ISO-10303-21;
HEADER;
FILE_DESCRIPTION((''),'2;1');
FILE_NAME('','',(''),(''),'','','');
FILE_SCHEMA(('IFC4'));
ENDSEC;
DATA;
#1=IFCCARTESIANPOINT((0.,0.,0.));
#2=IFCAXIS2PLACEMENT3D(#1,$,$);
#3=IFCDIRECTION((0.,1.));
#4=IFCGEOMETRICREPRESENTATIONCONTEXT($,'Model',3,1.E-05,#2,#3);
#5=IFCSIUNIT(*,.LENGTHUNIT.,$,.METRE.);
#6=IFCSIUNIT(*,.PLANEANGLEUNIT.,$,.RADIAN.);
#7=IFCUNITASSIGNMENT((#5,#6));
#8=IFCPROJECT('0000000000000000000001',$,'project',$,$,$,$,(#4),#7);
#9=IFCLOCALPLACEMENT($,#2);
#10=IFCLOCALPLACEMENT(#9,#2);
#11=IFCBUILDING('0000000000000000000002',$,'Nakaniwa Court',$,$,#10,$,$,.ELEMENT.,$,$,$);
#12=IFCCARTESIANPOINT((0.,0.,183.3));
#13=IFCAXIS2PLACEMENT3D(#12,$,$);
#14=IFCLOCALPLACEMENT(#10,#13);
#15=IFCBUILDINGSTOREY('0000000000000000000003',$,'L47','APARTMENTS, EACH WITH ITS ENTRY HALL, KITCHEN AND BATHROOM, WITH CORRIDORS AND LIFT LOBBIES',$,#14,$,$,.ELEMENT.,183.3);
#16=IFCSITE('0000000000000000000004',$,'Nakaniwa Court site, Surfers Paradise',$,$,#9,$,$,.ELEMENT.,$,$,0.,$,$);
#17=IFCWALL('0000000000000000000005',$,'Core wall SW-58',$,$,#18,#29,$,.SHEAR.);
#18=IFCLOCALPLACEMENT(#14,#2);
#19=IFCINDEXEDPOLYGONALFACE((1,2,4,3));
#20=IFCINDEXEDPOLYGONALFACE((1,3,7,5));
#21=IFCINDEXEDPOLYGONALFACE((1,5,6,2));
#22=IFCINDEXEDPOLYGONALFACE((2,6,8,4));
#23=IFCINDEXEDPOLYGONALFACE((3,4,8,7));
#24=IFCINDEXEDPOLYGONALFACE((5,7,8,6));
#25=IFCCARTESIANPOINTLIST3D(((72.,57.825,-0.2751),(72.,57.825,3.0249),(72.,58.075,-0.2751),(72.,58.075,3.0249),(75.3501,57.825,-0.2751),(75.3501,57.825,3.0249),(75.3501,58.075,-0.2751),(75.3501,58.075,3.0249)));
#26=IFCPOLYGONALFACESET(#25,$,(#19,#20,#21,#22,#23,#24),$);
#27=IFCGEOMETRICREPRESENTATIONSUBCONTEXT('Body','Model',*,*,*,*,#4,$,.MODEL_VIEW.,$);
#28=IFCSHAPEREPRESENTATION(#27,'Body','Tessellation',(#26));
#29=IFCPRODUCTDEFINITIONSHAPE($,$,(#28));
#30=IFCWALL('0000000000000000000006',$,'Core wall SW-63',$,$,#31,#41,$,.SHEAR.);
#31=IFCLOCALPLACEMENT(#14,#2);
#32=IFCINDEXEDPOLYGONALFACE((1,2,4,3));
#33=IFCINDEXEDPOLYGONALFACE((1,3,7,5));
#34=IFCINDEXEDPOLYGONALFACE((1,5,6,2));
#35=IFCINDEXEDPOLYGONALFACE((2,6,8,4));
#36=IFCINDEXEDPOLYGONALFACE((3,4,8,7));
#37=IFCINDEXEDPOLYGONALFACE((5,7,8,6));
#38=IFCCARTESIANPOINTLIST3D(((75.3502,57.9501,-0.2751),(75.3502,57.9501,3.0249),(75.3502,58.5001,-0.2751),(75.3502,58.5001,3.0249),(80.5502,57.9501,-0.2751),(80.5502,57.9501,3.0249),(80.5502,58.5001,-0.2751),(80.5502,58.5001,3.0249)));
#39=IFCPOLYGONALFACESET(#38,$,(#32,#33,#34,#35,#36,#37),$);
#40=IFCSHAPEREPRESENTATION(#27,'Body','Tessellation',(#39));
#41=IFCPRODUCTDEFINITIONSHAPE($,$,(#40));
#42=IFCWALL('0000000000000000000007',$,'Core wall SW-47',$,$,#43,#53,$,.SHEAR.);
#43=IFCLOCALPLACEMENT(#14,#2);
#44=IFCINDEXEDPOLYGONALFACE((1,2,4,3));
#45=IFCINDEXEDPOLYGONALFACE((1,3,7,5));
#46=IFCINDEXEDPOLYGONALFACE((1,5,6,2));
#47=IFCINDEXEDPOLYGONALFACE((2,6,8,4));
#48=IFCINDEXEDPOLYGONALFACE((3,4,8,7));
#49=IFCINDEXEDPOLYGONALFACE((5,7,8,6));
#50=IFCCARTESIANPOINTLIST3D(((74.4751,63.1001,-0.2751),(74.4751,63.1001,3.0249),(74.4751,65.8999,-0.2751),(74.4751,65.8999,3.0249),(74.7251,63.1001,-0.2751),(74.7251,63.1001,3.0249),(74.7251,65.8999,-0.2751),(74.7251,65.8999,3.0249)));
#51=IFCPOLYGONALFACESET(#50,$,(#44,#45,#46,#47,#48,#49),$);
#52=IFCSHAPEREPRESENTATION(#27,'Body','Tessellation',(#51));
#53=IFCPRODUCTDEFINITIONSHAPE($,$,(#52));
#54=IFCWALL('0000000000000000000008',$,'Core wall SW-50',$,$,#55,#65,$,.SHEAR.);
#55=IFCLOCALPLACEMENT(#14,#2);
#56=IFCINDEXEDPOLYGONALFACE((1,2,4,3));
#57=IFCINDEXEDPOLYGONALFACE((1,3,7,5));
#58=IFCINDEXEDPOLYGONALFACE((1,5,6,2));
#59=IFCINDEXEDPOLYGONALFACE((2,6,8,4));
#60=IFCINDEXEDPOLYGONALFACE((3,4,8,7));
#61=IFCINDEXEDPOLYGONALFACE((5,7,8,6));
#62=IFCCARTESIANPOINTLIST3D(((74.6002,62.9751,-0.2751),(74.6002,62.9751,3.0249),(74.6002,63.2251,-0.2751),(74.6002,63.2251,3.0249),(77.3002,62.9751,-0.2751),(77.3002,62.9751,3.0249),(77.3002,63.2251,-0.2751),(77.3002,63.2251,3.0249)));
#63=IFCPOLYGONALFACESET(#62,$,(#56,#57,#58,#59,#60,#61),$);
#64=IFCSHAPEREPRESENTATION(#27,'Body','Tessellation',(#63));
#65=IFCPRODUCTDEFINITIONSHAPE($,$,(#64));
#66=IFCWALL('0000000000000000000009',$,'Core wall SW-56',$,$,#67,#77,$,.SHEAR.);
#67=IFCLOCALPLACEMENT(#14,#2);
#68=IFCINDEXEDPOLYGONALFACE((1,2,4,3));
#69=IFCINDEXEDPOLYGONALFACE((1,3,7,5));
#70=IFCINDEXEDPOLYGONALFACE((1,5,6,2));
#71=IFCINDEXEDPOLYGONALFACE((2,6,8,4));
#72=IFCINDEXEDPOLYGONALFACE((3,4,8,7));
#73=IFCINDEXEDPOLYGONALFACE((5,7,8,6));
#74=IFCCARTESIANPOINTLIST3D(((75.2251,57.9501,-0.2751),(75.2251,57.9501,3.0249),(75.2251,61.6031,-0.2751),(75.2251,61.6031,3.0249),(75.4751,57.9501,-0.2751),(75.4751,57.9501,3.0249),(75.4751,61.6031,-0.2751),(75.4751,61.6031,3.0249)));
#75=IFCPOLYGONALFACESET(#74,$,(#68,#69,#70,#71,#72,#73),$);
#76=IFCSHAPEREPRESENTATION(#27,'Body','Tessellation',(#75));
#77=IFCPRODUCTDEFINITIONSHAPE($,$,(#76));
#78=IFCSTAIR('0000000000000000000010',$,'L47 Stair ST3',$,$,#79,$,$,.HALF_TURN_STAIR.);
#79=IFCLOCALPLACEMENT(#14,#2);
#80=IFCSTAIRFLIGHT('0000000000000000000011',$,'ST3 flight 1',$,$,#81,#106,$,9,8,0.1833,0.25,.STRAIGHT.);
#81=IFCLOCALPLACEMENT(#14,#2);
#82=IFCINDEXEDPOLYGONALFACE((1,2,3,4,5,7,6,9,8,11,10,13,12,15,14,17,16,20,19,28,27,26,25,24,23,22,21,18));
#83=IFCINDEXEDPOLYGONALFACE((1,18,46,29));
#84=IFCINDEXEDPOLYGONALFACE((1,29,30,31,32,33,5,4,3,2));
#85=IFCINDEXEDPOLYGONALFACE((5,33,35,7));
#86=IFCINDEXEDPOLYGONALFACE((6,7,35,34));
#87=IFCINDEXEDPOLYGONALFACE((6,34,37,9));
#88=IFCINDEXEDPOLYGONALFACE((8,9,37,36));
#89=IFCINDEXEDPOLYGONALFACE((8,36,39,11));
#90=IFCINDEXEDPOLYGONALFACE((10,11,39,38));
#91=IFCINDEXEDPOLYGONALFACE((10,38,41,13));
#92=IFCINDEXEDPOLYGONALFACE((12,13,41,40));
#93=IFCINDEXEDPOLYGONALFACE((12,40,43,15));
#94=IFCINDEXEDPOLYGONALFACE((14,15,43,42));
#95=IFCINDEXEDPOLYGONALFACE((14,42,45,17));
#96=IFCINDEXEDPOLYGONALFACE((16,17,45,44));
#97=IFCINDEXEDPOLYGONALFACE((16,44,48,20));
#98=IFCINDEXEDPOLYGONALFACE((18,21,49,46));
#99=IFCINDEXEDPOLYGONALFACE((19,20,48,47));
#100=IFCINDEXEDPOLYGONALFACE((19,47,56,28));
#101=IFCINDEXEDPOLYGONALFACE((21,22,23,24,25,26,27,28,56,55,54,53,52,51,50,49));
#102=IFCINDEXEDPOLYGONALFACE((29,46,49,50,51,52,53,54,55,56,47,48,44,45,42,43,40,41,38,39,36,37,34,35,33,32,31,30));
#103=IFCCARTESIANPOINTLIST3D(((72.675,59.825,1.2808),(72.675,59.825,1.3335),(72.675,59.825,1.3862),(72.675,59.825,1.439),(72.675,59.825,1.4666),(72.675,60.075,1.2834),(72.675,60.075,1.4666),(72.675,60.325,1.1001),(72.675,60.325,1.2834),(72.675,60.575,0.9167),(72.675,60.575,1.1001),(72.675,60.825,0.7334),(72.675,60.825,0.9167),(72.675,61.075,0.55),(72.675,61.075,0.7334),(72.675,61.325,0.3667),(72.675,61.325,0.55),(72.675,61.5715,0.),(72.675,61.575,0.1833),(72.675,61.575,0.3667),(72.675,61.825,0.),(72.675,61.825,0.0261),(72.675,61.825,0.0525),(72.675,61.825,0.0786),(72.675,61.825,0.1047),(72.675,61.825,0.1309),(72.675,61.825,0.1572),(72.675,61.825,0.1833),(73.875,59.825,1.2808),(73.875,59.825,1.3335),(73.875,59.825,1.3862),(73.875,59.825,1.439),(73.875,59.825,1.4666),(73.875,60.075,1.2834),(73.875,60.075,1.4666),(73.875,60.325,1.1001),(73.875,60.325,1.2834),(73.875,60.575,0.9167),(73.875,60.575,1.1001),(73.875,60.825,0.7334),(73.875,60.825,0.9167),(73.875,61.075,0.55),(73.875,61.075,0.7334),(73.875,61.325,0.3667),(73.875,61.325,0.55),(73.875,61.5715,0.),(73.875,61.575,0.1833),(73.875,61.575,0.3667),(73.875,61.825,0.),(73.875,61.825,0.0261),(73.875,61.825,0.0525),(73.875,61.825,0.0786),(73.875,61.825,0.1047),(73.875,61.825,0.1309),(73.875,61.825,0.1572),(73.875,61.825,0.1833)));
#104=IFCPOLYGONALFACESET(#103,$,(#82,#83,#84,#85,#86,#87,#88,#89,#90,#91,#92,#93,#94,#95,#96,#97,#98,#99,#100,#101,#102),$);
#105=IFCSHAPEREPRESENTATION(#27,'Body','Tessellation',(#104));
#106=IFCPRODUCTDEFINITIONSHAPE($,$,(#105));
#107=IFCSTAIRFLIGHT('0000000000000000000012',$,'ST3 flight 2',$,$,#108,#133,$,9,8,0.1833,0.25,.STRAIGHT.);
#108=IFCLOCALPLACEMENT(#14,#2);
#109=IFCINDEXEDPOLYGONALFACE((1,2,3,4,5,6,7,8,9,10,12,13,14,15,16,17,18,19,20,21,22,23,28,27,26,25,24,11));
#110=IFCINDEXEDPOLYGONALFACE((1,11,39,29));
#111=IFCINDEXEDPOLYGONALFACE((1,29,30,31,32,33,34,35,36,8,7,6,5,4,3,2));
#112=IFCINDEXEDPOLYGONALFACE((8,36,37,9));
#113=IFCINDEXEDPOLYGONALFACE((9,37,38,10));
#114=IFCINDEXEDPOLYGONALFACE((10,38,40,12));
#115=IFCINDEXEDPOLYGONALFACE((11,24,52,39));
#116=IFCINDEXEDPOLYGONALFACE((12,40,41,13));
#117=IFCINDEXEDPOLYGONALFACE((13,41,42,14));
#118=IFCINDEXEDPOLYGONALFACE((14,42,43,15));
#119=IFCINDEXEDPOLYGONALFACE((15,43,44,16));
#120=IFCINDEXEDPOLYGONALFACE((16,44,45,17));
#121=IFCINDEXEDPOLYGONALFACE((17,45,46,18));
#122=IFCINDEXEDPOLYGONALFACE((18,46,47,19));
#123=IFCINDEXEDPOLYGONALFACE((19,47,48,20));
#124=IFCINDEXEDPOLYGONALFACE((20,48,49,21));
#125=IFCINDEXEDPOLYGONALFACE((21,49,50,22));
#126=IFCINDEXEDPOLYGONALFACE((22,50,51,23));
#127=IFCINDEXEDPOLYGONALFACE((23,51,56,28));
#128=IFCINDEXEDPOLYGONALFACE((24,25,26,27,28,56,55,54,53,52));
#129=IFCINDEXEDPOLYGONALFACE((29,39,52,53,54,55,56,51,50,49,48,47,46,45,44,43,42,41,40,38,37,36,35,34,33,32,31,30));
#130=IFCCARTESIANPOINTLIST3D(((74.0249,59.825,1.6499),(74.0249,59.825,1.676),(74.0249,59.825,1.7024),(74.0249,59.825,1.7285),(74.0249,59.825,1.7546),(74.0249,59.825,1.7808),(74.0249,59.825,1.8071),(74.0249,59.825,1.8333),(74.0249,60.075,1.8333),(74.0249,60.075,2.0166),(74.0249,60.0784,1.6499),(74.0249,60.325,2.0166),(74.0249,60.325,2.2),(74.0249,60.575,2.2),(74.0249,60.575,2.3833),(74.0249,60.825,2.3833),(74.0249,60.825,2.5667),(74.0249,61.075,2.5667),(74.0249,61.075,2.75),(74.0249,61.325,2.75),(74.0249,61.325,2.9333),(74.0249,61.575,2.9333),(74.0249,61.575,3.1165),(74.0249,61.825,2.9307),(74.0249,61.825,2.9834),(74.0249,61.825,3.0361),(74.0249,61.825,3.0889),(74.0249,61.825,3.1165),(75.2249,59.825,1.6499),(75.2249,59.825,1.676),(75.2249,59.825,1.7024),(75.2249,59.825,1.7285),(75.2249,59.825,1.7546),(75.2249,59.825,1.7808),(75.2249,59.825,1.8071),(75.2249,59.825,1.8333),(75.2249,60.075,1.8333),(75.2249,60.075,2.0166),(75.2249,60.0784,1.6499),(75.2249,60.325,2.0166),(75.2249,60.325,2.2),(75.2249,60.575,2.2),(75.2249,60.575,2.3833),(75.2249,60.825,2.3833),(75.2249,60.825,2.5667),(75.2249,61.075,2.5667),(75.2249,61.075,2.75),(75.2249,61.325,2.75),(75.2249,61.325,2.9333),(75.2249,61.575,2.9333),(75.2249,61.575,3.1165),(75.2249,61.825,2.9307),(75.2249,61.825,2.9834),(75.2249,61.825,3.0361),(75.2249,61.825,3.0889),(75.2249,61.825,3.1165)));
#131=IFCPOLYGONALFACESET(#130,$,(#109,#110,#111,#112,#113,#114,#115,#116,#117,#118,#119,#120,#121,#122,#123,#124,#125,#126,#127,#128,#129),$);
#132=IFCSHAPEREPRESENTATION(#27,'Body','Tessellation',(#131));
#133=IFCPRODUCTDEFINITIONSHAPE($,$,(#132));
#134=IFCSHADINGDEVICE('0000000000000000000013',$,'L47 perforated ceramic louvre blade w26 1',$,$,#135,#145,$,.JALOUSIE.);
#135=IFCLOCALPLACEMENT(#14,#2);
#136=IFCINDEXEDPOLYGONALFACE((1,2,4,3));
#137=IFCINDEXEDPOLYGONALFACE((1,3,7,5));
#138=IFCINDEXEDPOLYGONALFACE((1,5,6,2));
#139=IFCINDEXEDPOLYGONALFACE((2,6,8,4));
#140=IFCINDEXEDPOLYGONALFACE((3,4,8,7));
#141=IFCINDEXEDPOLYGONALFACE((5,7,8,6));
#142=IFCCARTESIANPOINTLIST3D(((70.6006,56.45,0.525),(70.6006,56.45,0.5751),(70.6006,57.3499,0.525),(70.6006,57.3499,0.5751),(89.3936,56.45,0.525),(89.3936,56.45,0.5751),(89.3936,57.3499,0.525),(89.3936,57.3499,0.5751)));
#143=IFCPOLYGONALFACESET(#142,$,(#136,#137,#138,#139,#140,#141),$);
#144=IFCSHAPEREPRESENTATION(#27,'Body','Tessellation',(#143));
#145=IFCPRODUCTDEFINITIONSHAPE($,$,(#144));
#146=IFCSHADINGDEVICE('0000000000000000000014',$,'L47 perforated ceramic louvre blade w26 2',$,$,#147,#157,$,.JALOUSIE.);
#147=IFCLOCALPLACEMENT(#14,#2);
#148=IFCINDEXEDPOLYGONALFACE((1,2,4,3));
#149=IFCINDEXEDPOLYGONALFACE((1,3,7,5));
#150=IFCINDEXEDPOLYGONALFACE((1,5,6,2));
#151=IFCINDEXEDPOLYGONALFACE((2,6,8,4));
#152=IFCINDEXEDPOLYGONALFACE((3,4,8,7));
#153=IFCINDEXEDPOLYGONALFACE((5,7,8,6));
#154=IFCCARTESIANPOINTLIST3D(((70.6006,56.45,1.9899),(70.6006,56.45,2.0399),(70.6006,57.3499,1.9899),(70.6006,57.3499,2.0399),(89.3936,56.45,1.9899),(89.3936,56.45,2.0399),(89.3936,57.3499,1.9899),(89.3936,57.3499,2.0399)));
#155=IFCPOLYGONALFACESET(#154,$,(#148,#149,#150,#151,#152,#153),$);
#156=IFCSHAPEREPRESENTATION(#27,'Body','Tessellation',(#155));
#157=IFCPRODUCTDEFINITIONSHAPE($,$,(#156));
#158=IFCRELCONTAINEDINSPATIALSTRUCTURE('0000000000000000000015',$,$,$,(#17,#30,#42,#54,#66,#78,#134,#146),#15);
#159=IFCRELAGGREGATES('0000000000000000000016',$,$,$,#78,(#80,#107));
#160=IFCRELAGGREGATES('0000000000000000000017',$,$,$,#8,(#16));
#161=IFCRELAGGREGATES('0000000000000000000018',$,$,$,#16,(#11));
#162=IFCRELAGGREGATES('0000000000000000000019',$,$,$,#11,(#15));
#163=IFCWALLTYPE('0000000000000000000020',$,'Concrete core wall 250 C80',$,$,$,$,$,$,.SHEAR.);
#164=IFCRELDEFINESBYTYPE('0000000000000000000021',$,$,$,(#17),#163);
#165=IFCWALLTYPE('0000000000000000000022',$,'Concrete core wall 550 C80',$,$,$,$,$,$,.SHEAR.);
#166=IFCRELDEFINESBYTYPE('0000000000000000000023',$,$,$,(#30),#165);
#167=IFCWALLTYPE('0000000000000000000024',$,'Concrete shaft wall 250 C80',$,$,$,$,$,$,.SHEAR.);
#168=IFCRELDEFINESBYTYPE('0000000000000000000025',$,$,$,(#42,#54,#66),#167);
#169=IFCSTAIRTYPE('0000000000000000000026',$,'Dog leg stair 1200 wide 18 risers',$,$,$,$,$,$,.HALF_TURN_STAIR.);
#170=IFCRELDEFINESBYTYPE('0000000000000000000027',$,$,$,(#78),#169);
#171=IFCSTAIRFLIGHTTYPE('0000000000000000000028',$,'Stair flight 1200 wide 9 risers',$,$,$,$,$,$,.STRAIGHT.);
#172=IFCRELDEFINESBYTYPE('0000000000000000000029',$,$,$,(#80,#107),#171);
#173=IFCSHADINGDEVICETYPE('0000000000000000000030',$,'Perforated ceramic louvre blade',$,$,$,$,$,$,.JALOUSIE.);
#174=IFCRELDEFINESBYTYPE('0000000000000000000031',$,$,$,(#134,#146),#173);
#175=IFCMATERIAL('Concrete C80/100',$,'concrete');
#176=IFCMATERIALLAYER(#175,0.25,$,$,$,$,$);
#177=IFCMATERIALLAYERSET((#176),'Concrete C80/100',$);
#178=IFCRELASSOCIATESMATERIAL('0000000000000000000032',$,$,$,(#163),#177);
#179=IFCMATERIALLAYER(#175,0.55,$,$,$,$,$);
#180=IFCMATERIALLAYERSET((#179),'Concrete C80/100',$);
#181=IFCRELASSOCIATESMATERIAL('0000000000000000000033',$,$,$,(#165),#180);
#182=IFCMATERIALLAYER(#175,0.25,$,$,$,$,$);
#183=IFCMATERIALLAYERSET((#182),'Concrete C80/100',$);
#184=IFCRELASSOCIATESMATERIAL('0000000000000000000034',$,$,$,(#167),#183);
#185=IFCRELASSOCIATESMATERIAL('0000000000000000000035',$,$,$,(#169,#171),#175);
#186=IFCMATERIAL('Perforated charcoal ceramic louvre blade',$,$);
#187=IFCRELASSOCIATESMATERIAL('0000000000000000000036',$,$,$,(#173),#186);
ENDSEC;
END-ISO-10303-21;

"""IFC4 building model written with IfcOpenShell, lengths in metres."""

from ifc_helpers import new_model, si_unit, direction, frame, frame_2d, origin, origin_2d, place, context, subcontext, project, spatial, polyline, rectangle, outline, extrude, material, layer, layer_set, material_profile, profile_set, type_object, element, aggregate, save


model = new_model("IFC4")

# Units and contexts
model_context = context("Model", 3, precision=1e-05, world=origin(), true_north=direction((0.0, 1.0)))
body_context = subcontext(model_context, "Body", "Model", "MODEL_VIEW")
ifc_project = project(units=[si_unit("LENGTHUNIT", "METRE"), si_unit("PLANEANGLEUNIT", "RADIAN")], contexts=[model_context])

# Site, building, storey
site_placement = place(None, origin())
site = spatial("IfcSite", under=ifc_project, at=site_placement, Name="Nakaniwa Court site, Surfers Paradise", CompositionType="ELEMENT", RefElevation=0.0)
building_placement = place(site_placement, origin())
building = spatial("IfcBuilding", under=site, at=building_placement, Name="Nakaniwa Court", CompositionType="ELEMENT")
storey_placement = place(building_placement, frame((0.0, 0.0, 183.3)))
storey = spatial("IfcBuildingStorey", under=building, at=storey_placement, Name="L47", Description="APARTMENTS, EACH WITH ITS ENTRY HALL, KITCHEN AND BATHROOM, WITH CORRIDORS AND LIFT LOBBIES", CompositionType="ELEMENT", Elevation=183.3)

# Shared definitions
ifc_material_1 = material(Name="Concrete C80/100", Category="concrete")

# Walls
ifc_layer_1 = layer(ifc_material_1, 0.25)
ifc_layer_set_1 = layer_set([ifc_layer_1], Name="Concrete C80/100")
wall_type_1 = type_object("IfcWallType", Name="Concrete core wall 250 C80", PredefinedType="SHEAR", material=ifc_layer_set_1)
wall_1_placement = place(storey_placement, frame((72.0, 57.95, -0.2751), z_axis=(0.0, 0.0, 1.0), x_axis=(1.0, 0.0, 0.0)))
element("IfcWall", 1, at=wall_1_placement, inside=storey, type_object=wall_type_1, Name="Core wall SW-58", PredefinedType="SHEAR", context=body_context, shape_type="SweptSolid", body=[
    extrude(rectangle(XDim=3.3501, YDim=0.25, at=frame_2d((1.675, 0.0))), origin(), (0.0, 0.0, 1.0), 3.3),
])
ifc_layer_2 = layer(ifc_material_1, 0.55)
ifc_layer_set_2 = layer_set([ifc_layer_2], Name="Concrete C80/100")
wall_type_2 = type_object("IfcWallType", Name="Concrete core wall 550 C80", PredefinedType="SHEAR", material=ifc_layer_set_2)
wall_2_placement = place(storey_placement, frame((75.3501, 58.2251, -0.2751), z_axis=(0.0, 0.0, 1.0), x_axis=(1.0, 0.0, 0.0)))
element("IfcWall", 2, at=wall_2_placement, inside=storey, type_object=wall_type_2, Name="Core wall SW-63", PredefinedType="SHEAR", context=body_context, shape_type="SweptSolid", body=[
    extrude(rectangle(XDim=5.2, YDim=0.55, at=frame_2d((2.6001, 0.0))), origin(), (0.0, 0.0, 1.0), 3.3),
])
ifc_layer_3 = layer(ifc_material_1, 0.25)
ifc_layer_set_3 = layer_set([ifc_layer_3], Name="Concrete C80/100")
wall_type_3 = type_object("IfcWallType", Name="Concrete shaft wall 250 C80", PredefinedType="SHEAR", material=ifc_layer_set_3)
wall_3_placement = place(storey_placement, frame((74.6001, 63.1001, -0.2751), z_axis=(0.0, 0.0, 1.0), x_axis=(0.0, 1.0, 0.0)))
element("IfcWall", 3, at=wall_3_placement, inside=storey, type_object=wall_type_3, Name="Core wall SW-47", PredefinedType="SHEAR", context=body_context, shape_type="SweptSolid", body=[
    extrude(rectangle(XDim=2.7998, YDim=0.25, at=frame_2d((1.3999, 0.0))), origin(), (0.0, 0.0, 1.0), 3.3),
])
wall_4_placement = place(storey_placement, frame((74.6001, 63.1001, -0.2751), z_axis=(0.0, 0.0, 1.0), x_axis=(1.0, 0.0, 0.0)))
element("IfcWall", 4, at=wall_4_placement, inside=storey, type_object=wall_type_3, Name="Core wall SW-50", PredefinedType="SHEAR", context=body_context, shape_type="SweptSolid", body=[
    extrude(rectangle(XDim=2.7, YDim=0.25, at=frame_2d((1.3501, 0.0))), origin(), (0.0, 0.0, 1.0), 3.3),
])
wall_5_placement = place(storey_placement, frame((75.3501, 57.95, -0.2751), z_axis=(0.0, 0.0, 1.0), x_axis=(0.0, 1.0, 0.0)))
element("IfcWall", 5, at=wall_5_placement, inside=storey, type_object=wall_type_3, Name="Core wall SW-56", PredefinedType="SHEAR", context=body_context, shape_type="SweptSolid", body=[
    extrude(rectangle(XDim=3.6531, YDim=0.25, at=frame_2d((1.8267, 0.0))), origin(), (0.0, 0.0, 1.0), 3.3),
])

# Stair, stair flights
stair_type = type_object("IfcStairType", Name="Dog leg stair 1200 wide 18 risers", PredefinedType="HALF_TURN_STAIR", material=ifc_material_1)
stair_placement = place(storey_placement, origin())
stair = element("IfcStair", 6, at=stair_placement, inside=storey, type_object=stair_type, Name="L47 Stair ST3", PredefinedType="HALF_TURN_STAIR")
stair_flight_type = type_object("IfcStairFlightType", Name="Stair flight 1200 wide 9 risers", PredefinedType="STRAIGHT", material=ifc_material_1)
stair_flight_1_placement = place(storey_placement, frame((73.2749, 61.825, 0.0), z_axis=(0.0, 0.0, 1.0), x_axis=(0.0, -1.0, 0.0)))
stair_flight_1 = element("IfcStairFlight", 7, at=stair_flight_1_placement, type_object=stair_flight_type, Name="ST3 flight 1", NumberOfRisers=9, NumberOfTreads=8, PredefinedType="STRAIGHT", RiserHeight=0.1833, TreadLength=0.25, context=body_context, shape_type="SweptSolid", body=[
    extrude(outline(polyline([(0.0, 0.0), (0.0, 0.0261), (0.0, 0.0525), (0.0, 0.0786), (0.0, 0.1047), (0.0, 0.1309), (0.0, 0.1572), (0.0, 0.1833), (0.25, 0.1833), (0.25, 0.3667), (0.5, 0.3667), (0.5, 0.55), (0.75, 0.55), (0.75, 0.7334), (1.0, 0.7334), (1.0, 0.9167), (1.25, 0.9167), (1.25, 1.1001), (1.5, 1.1001), (1.5, 1.2834), (1.75, 1.2834), (1.75, 1.4666), (2.0, 1.4666), (2.0, 1.6499), (2.0, 1.5972), (2.0, 1.5444), (2.0, 1.4917), (2.0, 1.439), (2.0, 1.3862), (2.0, 1.3335), (2.0, 1.2808), (0.2534, 0.0), (0.0, 0.0)])), frame((0.0, 0.6001, 0.0), z_axis=(0.0, -1.0, 0.0), x_axis=(1.0, 0.0, 0.0)), (0.0, 0.0, 1.0), 1.2),
])
stair_flight_2_placement = place(storey_placement, frame((74.625, 59.825, 1.6499), z_axis=(0.0, 0.0, 1.0), x_axis=(0.0, 1.0, 0.0)))
stair_flight_2 = element("IfcStairFlight", 8, at=stair_flight_2_placement, type_object=stair_flight_type, Name="ST3 flight 2", NumberOfRisers=9, NumberOfTreads=8, PredefinedType="STRAIGHT", RiserHeight=0.1833, TreadLength=0.25, context=body_context, shape_type="SweptSolid", body=[
    extrude(outline(polyline([(0.0, 0.0), (0.0, 0.0261), (0.0, 0.0525), (0.0, 0.0786), (0.0, 0.1047), (0.0, 0.1309), (0.0, 0.1572), (0.0, 0.1833), (0.25, 0.1833), (0.25, 0.3667), (0.5, 0.3667), (0.5, 0.55), (0.75, 0.55), (0.75, 0.7334), (1.0, 0.7334), (1.0, 0.9167), (1.25, 0.9167), (1.25, 1.1001), (1.5, 1.1001), (1.5, 1.2834), (1.75, 1.2834), (1.75, 1.4666), (2.0, 1.4666), (2.0, 1.6499), (2.0, 1.5972), (2.0, 1.5444), (2.0, 1.4917), (2.0, 1.439), (2.0, 1.3862), (2.0, 1.3335), (2.0, 1.2808), (0.2534, 0.0), (0.0, 0.0)])), frame((0.0, 0.6001, 0.0), z_axis=(0.0, -1.0, 0.0), x_axis=(1.0, 0.0, 0.0)), (0.0, 0.0, 1.0), 1.2),
])
aggregate(stair, [stair_flight_1, stair_flight_2])

# Shading devices
ifc_material_2 = material(Name="Perforated charcoal ceramic louvre blade")
ifc_material_profile = material_profile(ifc_material_2, rectangle(XDim=0.8999, YDim=0.05, at=origin_2d()), Name="Perforated ceramic louvre blade")
ifc_profile_set = profile_set([ifc_material_profile], Name="Perforated charcoal ceramic louvre blade")
shading_device_type = type_object("IfcShadingDeviceType", Name="Perforated ceramic louvre blade", PredefinedType="JALOUSIE", material=ifc_profile_set)
for number, where, z_axis, x_axis, name in (
    (9, (70.6006, 56.8999, 0.55), (1.0, 0.0, 0.0), (0.0, 1.0, 0.0), "L47 perforated ceramic louvre blade w26 1"),
    (10, (70.6006, 56.8999, 2.0149), (1.0, 0.0, 0.0), (0.0, 1.0, 0.0), "L47 perforated ceramic louvre blade w26 2"),
):
    element("IfcShadingDevice", number, at=place(storey_placement, frame(where, z_axis=z_axis, x_axis=x_axis)), inside=storey, type_object=shading_device_type, Name=name, PredefinedType="JALOUSIE", context=body_context, shape_type="SweptSolid", body=[
        extrude(rectangle(XDim=0.8999, YDim=0.05, at=origin_2d()), origin(), (0.0, 0.0, 1.0), 18.793),
    ])

save(model, "model.ifc")
